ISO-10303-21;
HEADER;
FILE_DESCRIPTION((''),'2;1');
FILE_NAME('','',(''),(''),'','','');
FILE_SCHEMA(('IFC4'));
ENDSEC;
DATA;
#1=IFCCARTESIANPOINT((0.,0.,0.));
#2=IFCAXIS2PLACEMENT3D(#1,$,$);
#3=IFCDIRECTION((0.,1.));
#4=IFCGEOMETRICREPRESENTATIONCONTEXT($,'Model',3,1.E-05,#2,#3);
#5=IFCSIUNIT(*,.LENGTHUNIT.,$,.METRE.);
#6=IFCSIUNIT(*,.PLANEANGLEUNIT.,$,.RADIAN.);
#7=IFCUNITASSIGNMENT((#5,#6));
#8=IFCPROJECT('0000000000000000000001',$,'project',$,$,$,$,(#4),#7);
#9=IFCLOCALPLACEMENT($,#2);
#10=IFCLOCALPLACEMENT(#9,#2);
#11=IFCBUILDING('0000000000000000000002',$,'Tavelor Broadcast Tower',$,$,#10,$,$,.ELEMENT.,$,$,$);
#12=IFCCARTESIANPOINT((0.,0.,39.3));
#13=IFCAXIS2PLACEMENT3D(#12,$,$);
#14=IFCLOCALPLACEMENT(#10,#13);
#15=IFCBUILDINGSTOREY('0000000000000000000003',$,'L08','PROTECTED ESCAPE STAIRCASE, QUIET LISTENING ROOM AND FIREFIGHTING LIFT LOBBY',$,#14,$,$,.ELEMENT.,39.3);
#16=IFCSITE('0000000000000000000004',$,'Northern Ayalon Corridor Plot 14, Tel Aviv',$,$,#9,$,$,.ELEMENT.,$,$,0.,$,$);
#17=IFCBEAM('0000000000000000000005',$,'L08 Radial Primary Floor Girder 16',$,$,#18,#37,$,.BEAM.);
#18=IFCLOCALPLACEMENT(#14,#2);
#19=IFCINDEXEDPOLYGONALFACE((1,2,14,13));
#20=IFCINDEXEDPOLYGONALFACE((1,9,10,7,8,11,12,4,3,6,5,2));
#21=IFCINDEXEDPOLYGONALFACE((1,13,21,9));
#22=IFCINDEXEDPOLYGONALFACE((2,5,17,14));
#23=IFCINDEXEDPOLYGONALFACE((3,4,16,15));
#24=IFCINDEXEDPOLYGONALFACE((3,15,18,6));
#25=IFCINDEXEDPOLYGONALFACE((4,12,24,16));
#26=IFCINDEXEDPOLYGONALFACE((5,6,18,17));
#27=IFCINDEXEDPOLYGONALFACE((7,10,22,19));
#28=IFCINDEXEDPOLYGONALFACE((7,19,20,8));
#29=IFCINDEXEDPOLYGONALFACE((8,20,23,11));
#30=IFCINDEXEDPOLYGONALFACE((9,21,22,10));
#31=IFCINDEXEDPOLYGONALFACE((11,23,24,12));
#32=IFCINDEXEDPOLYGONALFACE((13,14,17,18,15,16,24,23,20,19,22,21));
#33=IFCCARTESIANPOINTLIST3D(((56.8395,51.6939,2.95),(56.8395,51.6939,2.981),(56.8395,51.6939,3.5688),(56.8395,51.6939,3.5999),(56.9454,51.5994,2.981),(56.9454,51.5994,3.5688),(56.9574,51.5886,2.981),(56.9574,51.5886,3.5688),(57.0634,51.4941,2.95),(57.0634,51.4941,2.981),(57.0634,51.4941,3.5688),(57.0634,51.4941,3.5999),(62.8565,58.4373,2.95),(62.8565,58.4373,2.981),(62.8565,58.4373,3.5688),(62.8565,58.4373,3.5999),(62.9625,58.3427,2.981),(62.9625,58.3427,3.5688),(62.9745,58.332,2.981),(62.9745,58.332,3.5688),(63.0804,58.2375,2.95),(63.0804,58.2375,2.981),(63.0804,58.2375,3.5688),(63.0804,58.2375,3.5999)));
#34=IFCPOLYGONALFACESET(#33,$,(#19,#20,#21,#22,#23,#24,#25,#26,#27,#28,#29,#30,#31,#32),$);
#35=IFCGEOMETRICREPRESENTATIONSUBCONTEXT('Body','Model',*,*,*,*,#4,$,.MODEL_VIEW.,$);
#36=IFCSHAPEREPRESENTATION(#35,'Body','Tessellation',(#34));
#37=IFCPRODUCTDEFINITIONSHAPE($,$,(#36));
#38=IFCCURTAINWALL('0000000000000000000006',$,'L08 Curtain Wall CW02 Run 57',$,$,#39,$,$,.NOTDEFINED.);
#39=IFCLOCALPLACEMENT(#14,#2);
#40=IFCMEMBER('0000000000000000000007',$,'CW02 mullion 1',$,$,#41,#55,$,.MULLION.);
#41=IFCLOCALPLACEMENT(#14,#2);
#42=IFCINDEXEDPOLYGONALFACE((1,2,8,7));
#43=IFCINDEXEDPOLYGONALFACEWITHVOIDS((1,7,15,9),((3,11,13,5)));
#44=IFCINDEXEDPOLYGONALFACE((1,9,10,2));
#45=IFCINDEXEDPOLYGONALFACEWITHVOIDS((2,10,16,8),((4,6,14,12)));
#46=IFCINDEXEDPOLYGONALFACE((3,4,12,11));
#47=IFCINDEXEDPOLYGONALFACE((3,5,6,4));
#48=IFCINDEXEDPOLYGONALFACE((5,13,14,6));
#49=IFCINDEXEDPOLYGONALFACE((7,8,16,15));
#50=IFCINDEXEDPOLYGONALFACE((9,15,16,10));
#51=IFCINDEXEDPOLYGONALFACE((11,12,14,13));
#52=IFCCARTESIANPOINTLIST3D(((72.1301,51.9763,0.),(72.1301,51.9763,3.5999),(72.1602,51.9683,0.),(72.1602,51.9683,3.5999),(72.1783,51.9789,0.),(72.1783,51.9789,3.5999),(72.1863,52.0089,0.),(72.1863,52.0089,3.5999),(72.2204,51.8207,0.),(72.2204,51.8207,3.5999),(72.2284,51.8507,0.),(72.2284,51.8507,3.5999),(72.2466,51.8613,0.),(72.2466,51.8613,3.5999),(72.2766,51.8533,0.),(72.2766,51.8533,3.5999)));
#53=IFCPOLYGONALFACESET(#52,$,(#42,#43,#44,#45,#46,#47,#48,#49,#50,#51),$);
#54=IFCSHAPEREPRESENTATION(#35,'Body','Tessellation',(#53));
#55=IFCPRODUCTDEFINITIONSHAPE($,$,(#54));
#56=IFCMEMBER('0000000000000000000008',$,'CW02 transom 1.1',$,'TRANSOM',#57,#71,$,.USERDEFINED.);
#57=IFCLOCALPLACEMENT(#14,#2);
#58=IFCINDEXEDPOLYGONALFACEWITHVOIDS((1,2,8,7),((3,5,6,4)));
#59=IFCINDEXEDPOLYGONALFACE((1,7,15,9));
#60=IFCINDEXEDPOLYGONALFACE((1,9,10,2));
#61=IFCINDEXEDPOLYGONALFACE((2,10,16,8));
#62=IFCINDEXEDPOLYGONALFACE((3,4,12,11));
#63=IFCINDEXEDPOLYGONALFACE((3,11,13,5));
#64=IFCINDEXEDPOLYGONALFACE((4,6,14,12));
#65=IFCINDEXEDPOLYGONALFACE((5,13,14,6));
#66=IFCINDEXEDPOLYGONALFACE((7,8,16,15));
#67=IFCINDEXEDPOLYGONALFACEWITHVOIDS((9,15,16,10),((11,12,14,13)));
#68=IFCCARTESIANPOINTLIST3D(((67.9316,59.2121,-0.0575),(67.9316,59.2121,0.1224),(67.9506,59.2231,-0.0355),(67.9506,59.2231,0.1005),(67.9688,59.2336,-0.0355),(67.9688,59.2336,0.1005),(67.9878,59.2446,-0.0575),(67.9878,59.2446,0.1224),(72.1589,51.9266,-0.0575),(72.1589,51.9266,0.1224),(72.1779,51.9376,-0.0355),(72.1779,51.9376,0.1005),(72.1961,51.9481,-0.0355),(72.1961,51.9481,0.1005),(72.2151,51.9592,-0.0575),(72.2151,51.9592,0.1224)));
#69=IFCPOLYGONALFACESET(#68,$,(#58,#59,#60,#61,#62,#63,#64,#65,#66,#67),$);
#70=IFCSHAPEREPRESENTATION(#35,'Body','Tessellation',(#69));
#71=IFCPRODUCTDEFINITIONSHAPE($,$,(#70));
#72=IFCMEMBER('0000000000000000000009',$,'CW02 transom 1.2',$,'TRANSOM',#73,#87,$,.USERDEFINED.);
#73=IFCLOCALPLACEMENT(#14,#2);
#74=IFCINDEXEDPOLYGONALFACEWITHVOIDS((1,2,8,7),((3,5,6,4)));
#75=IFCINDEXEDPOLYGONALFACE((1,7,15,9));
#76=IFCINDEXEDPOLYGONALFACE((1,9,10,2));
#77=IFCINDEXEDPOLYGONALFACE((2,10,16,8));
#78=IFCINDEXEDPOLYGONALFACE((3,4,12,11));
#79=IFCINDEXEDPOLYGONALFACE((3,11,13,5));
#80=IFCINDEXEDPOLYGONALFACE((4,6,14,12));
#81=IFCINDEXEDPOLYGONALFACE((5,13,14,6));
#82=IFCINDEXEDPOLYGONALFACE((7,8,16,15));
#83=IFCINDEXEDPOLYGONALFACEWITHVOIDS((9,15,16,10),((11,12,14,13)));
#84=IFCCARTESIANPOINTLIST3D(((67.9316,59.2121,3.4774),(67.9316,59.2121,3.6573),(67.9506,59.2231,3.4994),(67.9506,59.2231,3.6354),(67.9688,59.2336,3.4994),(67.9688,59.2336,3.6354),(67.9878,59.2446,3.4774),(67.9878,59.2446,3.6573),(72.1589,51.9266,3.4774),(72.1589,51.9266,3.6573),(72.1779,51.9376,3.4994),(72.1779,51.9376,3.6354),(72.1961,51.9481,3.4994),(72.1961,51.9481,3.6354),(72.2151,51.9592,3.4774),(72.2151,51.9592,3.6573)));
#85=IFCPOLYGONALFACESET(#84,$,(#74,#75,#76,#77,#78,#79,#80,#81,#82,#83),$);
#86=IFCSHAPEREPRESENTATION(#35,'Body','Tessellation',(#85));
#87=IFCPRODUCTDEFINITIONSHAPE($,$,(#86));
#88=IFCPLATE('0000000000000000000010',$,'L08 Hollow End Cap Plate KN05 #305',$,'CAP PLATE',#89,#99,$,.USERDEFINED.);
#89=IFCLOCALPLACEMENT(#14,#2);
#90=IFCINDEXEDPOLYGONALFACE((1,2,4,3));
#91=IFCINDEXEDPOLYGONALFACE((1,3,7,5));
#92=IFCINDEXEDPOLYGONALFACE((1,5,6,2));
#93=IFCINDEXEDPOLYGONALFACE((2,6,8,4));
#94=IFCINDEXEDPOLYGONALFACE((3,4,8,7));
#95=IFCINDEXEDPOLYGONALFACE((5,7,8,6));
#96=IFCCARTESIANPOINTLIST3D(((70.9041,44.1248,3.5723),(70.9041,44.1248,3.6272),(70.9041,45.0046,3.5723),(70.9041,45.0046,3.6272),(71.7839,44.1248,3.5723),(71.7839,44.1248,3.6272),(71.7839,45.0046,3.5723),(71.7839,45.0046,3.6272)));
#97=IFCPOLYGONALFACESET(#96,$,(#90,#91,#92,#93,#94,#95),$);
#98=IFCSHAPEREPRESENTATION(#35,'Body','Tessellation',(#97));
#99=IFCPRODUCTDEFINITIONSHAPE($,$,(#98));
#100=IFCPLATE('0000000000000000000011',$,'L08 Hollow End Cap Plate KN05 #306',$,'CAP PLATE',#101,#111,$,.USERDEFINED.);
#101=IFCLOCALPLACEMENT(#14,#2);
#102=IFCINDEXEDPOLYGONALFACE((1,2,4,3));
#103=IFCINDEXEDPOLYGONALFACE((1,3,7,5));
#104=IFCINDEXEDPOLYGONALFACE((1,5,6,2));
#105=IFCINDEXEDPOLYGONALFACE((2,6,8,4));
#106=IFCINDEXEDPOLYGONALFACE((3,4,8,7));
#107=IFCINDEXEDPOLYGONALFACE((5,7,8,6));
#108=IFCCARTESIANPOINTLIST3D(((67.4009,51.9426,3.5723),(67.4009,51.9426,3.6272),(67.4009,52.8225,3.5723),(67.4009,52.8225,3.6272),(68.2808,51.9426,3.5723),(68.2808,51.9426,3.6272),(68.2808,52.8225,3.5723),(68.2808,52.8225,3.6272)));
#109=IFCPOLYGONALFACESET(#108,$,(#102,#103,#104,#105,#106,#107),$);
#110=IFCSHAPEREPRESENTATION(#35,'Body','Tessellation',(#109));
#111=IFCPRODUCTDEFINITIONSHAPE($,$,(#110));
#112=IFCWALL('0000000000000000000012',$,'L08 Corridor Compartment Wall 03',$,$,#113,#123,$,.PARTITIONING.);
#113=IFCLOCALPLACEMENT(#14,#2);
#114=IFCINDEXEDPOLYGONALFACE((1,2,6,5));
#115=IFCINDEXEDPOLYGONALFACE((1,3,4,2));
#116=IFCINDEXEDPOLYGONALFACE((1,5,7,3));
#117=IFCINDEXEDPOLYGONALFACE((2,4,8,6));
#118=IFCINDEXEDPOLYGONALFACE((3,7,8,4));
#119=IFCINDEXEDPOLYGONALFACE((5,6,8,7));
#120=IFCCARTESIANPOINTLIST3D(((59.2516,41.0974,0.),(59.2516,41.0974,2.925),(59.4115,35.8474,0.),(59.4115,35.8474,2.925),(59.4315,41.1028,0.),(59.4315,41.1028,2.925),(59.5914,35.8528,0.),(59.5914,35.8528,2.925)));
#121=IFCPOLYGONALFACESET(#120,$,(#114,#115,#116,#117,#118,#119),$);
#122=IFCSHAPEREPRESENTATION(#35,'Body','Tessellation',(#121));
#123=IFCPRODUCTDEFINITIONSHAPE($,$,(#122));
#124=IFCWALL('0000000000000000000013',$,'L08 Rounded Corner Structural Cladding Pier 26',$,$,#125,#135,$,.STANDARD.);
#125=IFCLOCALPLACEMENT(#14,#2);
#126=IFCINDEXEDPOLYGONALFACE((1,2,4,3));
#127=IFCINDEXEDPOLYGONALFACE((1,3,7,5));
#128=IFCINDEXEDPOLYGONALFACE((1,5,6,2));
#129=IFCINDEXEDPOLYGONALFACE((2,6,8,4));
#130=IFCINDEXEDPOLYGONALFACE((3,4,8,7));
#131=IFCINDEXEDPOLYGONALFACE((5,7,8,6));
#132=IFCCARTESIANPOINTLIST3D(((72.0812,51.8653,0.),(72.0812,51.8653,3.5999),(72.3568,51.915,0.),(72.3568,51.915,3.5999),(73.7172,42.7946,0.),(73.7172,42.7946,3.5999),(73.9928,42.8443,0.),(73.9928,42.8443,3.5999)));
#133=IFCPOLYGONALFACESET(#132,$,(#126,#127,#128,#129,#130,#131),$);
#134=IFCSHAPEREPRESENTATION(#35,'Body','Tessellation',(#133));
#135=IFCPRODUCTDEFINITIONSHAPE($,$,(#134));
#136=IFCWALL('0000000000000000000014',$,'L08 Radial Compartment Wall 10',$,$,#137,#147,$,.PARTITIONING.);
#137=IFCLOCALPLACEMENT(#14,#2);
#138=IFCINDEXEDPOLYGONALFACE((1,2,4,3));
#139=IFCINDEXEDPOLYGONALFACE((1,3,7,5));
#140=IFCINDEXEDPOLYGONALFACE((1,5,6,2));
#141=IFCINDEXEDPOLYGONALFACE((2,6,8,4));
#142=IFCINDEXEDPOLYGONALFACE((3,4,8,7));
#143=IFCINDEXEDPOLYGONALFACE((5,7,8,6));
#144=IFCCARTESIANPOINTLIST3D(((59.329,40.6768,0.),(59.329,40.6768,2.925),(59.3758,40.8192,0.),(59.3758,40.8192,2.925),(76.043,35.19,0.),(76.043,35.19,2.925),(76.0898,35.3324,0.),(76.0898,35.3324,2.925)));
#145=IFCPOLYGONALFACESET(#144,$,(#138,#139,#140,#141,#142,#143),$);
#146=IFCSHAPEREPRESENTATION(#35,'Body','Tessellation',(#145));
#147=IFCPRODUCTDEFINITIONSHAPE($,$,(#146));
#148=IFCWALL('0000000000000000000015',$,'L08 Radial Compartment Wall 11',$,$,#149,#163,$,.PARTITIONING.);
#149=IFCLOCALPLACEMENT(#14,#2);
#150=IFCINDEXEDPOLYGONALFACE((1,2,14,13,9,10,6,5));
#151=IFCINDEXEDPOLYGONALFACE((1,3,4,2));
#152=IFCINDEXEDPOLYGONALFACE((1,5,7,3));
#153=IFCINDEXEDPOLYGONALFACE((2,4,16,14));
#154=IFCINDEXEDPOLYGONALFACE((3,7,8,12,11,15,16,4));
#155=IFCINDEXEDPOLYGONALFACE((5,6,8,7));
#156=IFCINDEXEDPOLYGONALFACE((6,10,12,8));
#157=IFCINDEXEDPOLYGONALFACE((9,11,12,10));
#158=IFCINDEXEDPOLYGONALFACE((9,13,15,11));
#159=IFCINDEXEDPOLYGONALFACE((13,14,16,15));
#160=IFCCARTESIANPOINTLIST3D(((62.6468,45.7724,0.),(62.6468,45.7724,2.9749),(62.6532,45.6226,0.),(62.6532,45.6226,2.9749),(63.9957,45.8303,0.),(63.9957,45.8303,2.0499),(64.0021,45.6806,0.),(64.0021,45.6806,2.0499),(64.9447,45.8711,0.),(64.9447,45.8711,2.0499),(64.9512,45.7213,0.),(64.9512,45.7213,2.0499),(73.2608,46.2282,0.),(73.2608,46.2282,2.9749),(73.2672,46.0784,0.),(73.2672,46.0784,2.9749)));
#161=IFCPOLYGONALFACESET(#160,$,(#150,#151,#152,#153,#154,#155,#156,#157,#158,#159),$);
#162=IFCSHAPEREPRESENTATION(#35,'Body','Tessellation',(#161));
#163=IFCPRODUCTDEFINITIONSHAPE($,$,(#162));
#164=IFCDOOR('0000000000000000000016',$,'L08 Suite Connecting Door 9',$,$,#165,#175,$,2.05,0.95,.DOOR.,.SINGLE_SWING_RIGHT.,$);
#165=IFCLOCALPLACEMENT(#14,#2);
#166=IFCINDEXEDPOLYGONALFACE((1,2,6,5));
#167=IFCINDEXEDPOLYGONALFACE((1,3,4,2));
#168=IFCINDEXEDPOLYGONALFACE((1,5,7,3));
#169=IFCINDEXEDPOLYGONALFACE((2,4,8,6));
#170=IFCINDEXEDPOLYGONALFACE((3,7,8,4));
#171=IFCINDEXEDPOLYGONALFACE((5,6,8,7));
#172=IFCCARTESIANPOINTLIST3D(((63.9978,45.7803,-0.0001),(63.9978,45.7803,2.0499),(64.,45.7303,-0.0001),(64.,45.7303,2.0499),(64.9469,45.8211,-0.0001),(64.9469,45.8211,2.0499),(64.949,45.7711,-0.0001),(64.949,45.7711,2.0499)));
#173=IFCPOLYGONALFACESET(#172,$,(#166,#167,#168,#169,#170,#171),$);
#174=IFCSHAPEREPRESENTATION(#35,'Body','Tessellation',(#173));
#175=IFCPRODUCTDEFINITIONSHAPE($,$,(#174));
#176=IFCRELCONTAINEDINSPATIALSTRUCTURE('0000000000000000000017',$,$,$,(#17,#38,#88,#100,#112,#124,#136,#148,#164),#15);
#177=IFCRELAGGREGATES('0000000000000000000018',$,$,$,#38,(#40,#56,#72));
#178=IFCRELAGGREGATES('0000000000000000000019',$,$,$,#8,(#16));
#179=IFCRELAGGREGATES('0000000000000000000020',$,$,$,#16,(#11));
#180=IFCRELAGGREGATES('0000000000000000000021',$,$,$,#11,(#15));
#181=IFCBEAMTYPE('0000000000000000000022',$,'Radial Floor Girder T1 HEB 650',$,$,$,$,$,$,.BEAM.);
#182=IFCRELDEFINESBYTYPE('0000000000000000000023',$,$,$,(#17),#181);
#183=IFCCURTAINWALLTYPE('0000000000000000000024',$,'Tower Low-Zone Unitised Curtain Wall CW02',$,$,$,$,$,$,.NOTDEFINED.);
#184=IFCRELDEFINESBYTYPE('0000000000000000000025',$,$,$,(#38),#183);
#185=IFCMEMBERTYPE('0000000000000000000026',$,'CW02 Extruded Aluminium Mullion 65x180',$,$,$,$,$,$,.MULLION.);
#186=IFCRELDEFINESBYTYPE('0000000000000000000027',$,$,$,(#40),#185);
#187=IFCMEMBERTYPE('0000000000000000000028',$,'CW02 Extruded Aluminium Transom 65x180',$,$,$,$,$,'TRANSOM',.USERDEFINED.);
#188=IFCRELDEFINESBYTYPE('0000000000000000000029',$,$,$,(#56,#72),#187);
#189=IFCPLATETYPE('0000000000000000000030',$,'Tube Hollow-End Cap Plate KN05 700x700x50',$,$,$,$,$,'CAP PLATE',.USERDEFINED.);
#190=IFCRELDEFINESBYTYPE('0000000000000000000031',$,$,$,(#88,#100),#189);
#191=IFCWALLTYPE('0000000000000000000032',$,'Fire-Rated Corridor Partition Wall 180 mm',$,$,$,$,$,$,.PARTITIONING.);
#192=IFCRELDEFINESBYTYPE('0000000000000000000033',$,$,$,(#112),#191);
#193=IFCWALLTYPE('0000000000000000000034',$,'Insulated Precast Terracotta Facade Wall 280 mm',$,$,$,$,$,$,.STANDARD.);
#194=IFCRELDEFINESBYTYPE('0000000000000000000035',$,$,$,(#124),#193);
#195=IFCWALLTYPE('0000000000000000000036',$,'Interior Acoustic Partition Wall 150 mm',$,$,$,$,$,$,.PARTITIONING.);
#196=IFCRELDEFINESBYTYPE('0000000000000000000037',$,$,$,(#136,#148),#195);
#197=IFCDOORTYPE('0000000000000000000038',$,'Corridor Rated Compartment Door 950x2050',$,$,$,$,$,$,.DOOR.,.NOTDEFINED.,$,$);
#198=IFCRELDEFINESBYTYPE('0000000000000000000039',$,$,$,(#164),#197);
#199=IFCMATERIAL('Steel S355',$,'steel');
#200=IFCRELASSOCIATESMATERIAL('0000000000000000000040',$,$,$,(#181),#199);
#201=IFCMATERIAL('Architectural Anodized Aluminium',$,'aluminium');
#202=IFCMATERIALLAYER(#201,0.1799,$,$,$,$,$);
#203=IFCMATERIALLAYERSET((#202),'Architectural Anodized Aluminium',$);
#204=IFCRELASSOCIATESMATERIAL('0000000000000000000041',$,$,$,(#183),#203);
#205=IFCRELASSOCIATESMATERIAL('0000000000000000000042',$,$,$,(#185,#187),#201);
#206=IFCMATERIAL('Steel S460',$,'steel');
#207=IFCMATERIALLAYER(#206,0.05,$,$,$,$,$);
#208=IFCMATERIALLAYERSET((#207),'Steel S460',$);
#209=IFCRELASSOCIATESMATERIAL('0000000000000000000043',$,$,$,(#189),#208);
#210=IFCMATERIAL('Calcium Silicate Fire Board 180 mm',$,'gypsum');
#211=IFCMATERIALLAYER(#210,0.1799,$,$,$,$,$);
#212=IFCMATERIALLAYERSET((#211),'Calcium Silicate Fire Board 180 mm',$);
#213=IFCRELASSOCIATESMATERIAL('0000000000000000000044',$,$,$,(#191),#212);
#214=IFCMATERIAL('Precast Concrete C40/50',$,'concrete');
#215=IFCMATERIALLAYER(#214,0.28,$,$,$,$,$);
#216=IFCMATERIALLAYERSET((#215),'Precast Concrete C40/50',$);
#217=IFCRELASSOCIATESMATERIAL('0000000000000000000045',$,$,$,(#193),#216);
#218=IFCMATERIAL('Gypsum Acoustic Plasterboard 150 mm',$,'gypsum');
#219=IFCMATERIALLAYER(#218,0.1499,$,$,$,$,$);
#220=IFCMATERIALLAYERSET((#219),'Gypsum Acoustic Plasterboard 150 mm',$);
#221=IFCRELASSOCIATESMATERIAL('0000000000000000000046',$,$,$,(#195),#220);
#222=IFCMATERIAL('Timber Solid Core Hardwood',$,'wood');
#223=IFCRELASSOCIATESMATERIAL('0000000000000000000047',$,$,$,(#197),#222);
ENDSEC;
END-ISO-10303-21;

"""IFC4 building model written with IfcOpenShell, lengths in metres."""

from ifc_helpers import new_model, si_unit, direction, frame, frame_2d, origin, origin_2d, place, context, subcontext, project, spatial, rectangle, hollow_rectangle, i_section, extrude, source, transform, mapped, material, layer, layer_set, material_profile, profile_set, type_object, type_shapes, element, fill, aggregate, save


model = new_model("IFC4")

# Units and contexts
model_context = context("Model", 3, precision=1e-05, world=origin(), true_north=direction((0.0, 1.0)))
body_context = subcontext(model_context, "Body", "Model", "MODEL_VIEW")
ifc_project = project(units=[si_unit("LENGTHUNIT", "METRE"), si_unit("PLANEANGLEUNIT", "RADIAN")], contexts=[model_context])

# Site, building, storey
site_placement = place(None, origin())
site = spatial("IfcSite", under=ifc_project, at=site_placement, Name="Northern Ayalon Corridor Plot 14, Tel Aviv", CompositionType="ELEMENT", RefElevation=0.0)
building_placement = place(site_placement, origin())
building = spatial("IfcBuilding", under=site, at=building_placement, Name="Tavelor Broadcast Tower", CompositionType="ELEMENT")
storey_placement = place(building_placement, frame((0.0, 0.0, 39.3)))
storey = spatial("IfcBuildingStorey", under=building, at=storey_placement, Name="L08", Description="PROTECTED ESCAPE STAIRCASE, QUIET LISTENING ROOM AND FIREFIGHTING LIFT LOBBY", CompositionType="ELEMENT", Elevation=39.3)

# Shared definitions
ifc_material_1 = material(Name="Steel S460", Category="steel")

# Shared definitions
ifc_material_2 = material(Name="Steel S355", Category="steel")

# Beam
ifc_material_profile_1 = material_profile(ifc_material_2, i_section(OverallWidth=0.3, OverallDepth=0.6499, WebThickness=0.0161, FlangeThickness=0.031, at=origin_2d()), Name="HEB 650")
ifc_profile_set_1 = profile_set([ifc_material_profile_1], Name="Steel S355")
beam_type_1 = type_object("IfcBeamType", Name="Radial Floor Girder T1 HEB 650", PredefinedType="BEAM", material=ifc_profile_set_1)
beam_1_placement = place(storey_placement, frame((56.9514, 51.594, 3.2749), z_axis=(0.665781, 0.746147, 0.0), x_axis=(-0.746147, 0.665781, 0.0)))
element("IfcBeam", 1, at=beam_1_placement, inside=storey, type_object=beam_type_1, Name="L08 Radial Primary Floor Girder 16", PredefinedType="BEAM", context=body_context, shape_type="SweptSolid", body=[
    extrude(i_section(OverallWidth=0.3, OverallDepth=0.6499, WebThickness=0.0161, FlangeThickness=0.031, at=origin_2d()), origin(), (0.0, 0.0, 1.0), 9.0376),
])

# Curtain wall, members
ifc_material_3 = material(Name="Architectural Anodized Aluminium", Category="aluminium")
ifc_layer_1 = layer(ifc_material_3, 0.1799)
ifc_layer_set_1 = layer_set([ifc_layer_1], Name="Architectural Anodized Aluminium")
curtain_wall_type = type_object("IfcCurtainWallType", Name="Tower Low-Zone Unitised Curtain Wall CW02", PredefinedType="NOTDEFINED", material=ifc_layer_set_1)
curtain_wall_placement = place(storey_placement, origin())
curtain_wall = element("IfcCurtainWall", 2, at=curtain_wall_placement, inside=storey, type_object=curtain_wall_type, Name="L08 Curtain Wall CW02 Run 57", PredefinedType="NOTDEFINED")
ifc_material_profile_2 = material_profile(ifc_material_3, hollow_rectangle(XDim=0.0649, YDim=0.1799, WallThickness=0.022, at=origin_2d()), Name="RHS 65x180x22")
ifc_profile_set_2 = profile_set([ifc_material_profile_2], Name="Architectural Anodized Aluminium")
member_type_1 = type_object("IfcMemberType", Name="CW02 Extruded Aluminium Mullion 65x180", PredefinedType="MULLION", material=ifc_profile_set_2)
shared_shape_1 = source(origin(), body_context, "Body", "SweptSolid", [
    extrude(hollow_rectangle(XDim=0.0649, YDim=0.1799, WallThickness=0.022, at=origin_2d()), origin(), (0.0, 0.0, 1.0), 3.5999),
])
type_shapes(member_type_1, [shared_shape_1])
member_1_placement = place(storey_placement, frame((72.2034, 51.9148, 0.0), z_axis=(0.0, 0.0, 1.0), x_axis=(-0.864934, -0.501886, 0.0)))
member_1 = element("IfcMember", 3, at=member_1_placement, type_object=member_type_1, Name="CW02 mullion 1", PredefinedType="MULLION", context=body_context, shape_type="MappedRepresentation", body=[
    mapped(shared_shape_1, transform((0.0, 0.0, 0.0), scale=1.0)),
])
ifc_material_profile_3 = material_profile(ifc_material_3, hollow_rectangle(XDim=0.0649, YDim=0.1799, WallThickness=0.022, at=origin_2d()), Name="RHS 65x180x22")
ifc_profile_set_3 = profile_set([ifc_material_profile_3], Name="Architectural Anodized Aluminium")
member_type_2 = type_object("IfcMemberType", Name="CW02 Extruded Aluminium Transom 65x180", ElementType="TRANSOM", PredefinedType="USERDEFINED", material=ifc_profile_set_3)
shared_shape_2 = source(origin(), body_context, "Body", "SweptSolid", [
    extrude(hollow_rectangle(XDim=0.0649, YDim=0.1799, WallThickness=0.022, at=origin_2d()), origin(), (0.0, 0.0, 1.0), 8.4231),
])
type_shapes(member_type_2, [shared_shape_2])
member_2_placement = place(storey_placement, frame((72.187, 51.9429, 0.0325), z_axis=(-0.501875, 0.86494, 0.0), x_axis=(-0.86494, -0.501875, 0.0)))
member_2 = element("IfcMember", 4, at=member_2_placement, type_object=member_type_2, Name="CW02 transom 1.1", ObjectType="TRANSOM", PredefinedType="USERDEFINED", context=body_context, shape_type="MappedRepresentation", body=[
    mapped(shared_shape_2, transform((0.0, 0.0, 0.0), scale=1.0)),
])
member_3_placement = place(storey_placement, frame((72.187, 51.9429, 3.5674), z_axis=(-0.501875, 0.86494, 0.0), x_axis=(-0.86494, -0.501875, 0.0)))
member_3 = element("IfcMember", 5, at=member_3_placement, type_object=member_type_2, Name="CW02 transom 1.2", ObjectType="TRANSOM", PredefinedType="USERDEFINED", context=body_context, shape_type="MappedRepresentation", body=[
    mapped(shared_shape_2, transform((0.0, 0.0, 0.0), scale=1.0)),
])
aggregate(curtain_wall, [member_1, member_2, member_3])

# Plates
ifc_layer_2 = layer(ifc_material_1, 0.05)
ifc_layer_set_2 = layer_set([ifc_layer_2], Name="Steel S460")
plate_type = type_object("IfcPlateType", Name="Tube Hollow-End Cap Plate KN05 700x700x50", ElementType="CAP PLATE", PredefinedType="USERDEFINED", material=ifc_layer_set_2)
shared_shape_3 = source(origin(), body_context, "Body", "SweptSolid", [
    extrude(rectangle(XDim=0.8799, YDim=0.8799, at=origin_2d()), origin(), (0.0, 0.0, 1.0), 0.0549),
])
type_shapes(plate_type, [shared_shape_3])
for number, where, z_axis, x_axis, name in (
    (6, (71.344, 44.5647, 3.5723), (0.0, 0.0, 1.0), (1.0, 0.0, 0.0), "L08 Hollow End Cap Plate KN05 #305"),
    (7, (67.8408, 52.3826, 3.5723), (0.0, 0.0, 1.0), (1.0, 0.0, 0.0), "L08 Hollow End Cap Plate KN05 #306"),
):
    element("IfcPlate", number, at=place(storey_placement, frame(where, z_axis=z_axis, x_axis=x_axis)), inside=storey, type_object=plate_type, Name=name, ObjectType="CAP PLATE", PredefinedType="USERDEFINED", context=body_context, shape_type="MappedRepresentation", body=[
        mapped(shared_shape_3, transform((0.0, 0.0, 0.0), scale=1.0)),
    ])

# Walls
ifc_material_4 = material(Name="Calcium Silicate Fire Board 180 mm", Category="gypsum")
ifc_layer_3 = layer(ifc_material_4, 0.1799)
ifc_layer_set_3 = layer_set([ifc_layer_3], Name="Calcium Silicate Fire Board 180 mm")
wall_type_1 = type_object("IfcWallType", Name="Fire-Rated Corridor Partition Wall 180 mm", PredefinedType="PARTITIONING", material=ifc_layer_set_3)
wall_1_placement = place(storey_placement, frame((59.3416, 41.1001, 0.0), z_axis=(0.0, 0.0, 1.0), x_axis=(0.030445, -0.999536, 0.0)))
element("IfcWall", 8, at=wall_1_placement, inside=storey, type_object=wall_type_1, Name="L08 Corridor Compartment Wall 03", PredefinedType="PARTITIONING", context=body_context, shape_type="SweptSolid", body=[
    extrude(rectangle(XDim=5.2524, YDim=0.1799, at=frame_2d((2.6262, 0.0))), origin(), (0.0, 0.0, 1.0), 2.925),
])
ifc_material_5 = material(Name="Precast Concrete C40/50", Category="concrete")
ifc_layer_4 = layer(ifc_material_5, 0.28)
ifc_layer_set_4 = layer_set([ifc_layer_4], Name="Precast Concrete C40/50")
wall_type_2 = type_object("IfcWallType", Name="Insulated Precast Terracotta Facade Wall 280 mm", PredefinedType="STANDARD", material=ifc_layer_set_4)
wall_2_placement = place(storey_placement, frame((73.855, 42.8196, 0.0), z_axis=(0.0, 0.0, 1.0), x_axis=(-0.177494, 0.984122, 0.0)))
element("IfcWall", 9, at=wall_2_placement, inside=storey, type_object=wall_type_2, Name="L08 Rounded Corner Structural Cladding Pier 26", PredefinedType="STANDARD", context=body_context, shape_type="SweptSolid", body=[
    extrude(rectangle(XDim=9.217, YDim=0.28, at=frame_2d((4.6084, 0.0))), origin(), (0.0, 0.0, 1.0), 3.5999),
])
ifc_material_6 = material(Name="Gypsum Acoustic Plasterboard 150 mm", Category="gypsum")
ifc_layer_5 = layer(ifc_material_6, 0.1499)
ifc_layer_set_5 = layer_set([ifc_layer_5], Name="Gypsum Acoustic Plasterboard 150 mm")
wall_type_3 = type_object("IfcWallType", Name="Interior Acoustic Partition Wall 150 mm", PredefinedType="PARTITIONING", material=ifc_layer_set_5)
wall_3_placement = place(storey_placement, frame((59.3523, 40.748, 0.0), z_axis=(0.0, 0.0, 1.0), x_axis=(0.950115, -0.311899, 0.0)))
element("IfcWall", 10, at=wall_3_placement, inside=storey, type_object=wall_type_3, Name="L08 Radial Compartment Wall 10", PredefinedType="PARTITIONING", context=body_context, shape_type="SweptSolid", body=[
    extrude(rectangle(XDim=17.5916, YDim=0.1499, at=frame_2d((8.7959, 0.0))), origin(), (0.0, 0.0, 1.0), 2.925),
])

# Wall, opening, door
wall_4_placement = place(storey_placement, frame((62.6499, 45.6975, 0.0), z_axis=(0.0, 0.0, 1.0), x_axis=(0.999079, 0.042905, 0.0)))
wall_4 = element("IfcWall", 11, at=wall_4_placement, inside=storey, type_object=wall_type_3, Name="L08 Radial Compartment Wall 11", PredefinedType="PARTITIONING", context=body_context, shape_type="SweptSolid", body=[
    extrude(rectangle(XDim=10.6238, YDim=0.1499, at=frame_2d((5.312, 0.0))), origin(), (0.0, 0.0, 1.0), 2.9749),
])
opening_1_placement = place(wall_4_placement, frame((1.3501, 0.0, 0.0)))
opening_1 = element("IfcOpeningElement", 12, at=opening_1_placement, cuts=wall_4, PredefinedType="OPENING", context=body_context, shape_type="SweptSolid", body=[
    extrude(rectangle(XDim=0.95, YDim=2.05, at=frame_2d((0.4751, 1.0249))), frame((0.0, 0.085, 0.0), z_axis=(0.0, -1.0, 0.0), x_axis=(1.0, 0.0, 0.0)), (0.0, 0.0, 1.0), 0.1699),
])
ifc_material_7 = material(Name="Timber Solid Core Hardwood", Category="wood")
door_type_1 = type_object("IfcDoorType", Name="Corridor Rated Compartment Door 950x2050", OperationType="NOTDEFINED", PredefinedType="DOOR", material=ifc_material_7)
door_1_placement = place(opening_1_placement, origin())
door_1 = element("IfcDoor", 13, at=door_1_placement, inside=storey, type_object=door_type_1, Name="L08 Suite Connecting Door 9", OperationType="SINGLE_SWING_RIGHT", OverallHeight=2.05, OverallWidth=0.95, PredefinedType="DOOR", context=body_context, shape_type="SweptSolid", body=[
    extrude(rectangle(XDim=0.95, YDim=2.05, at=frame_2d((0.4751, 1.0249))), frame((0.0, 0.0249, 0.0), z_axis=(0.0, -1.0, 0.0), x_axis=(1.0, 0.0, 0.0)), (0.0, 0.0, 1.0), 0.05),
])
fill(opening_1, door_1)

save(model, "model.ifc")
